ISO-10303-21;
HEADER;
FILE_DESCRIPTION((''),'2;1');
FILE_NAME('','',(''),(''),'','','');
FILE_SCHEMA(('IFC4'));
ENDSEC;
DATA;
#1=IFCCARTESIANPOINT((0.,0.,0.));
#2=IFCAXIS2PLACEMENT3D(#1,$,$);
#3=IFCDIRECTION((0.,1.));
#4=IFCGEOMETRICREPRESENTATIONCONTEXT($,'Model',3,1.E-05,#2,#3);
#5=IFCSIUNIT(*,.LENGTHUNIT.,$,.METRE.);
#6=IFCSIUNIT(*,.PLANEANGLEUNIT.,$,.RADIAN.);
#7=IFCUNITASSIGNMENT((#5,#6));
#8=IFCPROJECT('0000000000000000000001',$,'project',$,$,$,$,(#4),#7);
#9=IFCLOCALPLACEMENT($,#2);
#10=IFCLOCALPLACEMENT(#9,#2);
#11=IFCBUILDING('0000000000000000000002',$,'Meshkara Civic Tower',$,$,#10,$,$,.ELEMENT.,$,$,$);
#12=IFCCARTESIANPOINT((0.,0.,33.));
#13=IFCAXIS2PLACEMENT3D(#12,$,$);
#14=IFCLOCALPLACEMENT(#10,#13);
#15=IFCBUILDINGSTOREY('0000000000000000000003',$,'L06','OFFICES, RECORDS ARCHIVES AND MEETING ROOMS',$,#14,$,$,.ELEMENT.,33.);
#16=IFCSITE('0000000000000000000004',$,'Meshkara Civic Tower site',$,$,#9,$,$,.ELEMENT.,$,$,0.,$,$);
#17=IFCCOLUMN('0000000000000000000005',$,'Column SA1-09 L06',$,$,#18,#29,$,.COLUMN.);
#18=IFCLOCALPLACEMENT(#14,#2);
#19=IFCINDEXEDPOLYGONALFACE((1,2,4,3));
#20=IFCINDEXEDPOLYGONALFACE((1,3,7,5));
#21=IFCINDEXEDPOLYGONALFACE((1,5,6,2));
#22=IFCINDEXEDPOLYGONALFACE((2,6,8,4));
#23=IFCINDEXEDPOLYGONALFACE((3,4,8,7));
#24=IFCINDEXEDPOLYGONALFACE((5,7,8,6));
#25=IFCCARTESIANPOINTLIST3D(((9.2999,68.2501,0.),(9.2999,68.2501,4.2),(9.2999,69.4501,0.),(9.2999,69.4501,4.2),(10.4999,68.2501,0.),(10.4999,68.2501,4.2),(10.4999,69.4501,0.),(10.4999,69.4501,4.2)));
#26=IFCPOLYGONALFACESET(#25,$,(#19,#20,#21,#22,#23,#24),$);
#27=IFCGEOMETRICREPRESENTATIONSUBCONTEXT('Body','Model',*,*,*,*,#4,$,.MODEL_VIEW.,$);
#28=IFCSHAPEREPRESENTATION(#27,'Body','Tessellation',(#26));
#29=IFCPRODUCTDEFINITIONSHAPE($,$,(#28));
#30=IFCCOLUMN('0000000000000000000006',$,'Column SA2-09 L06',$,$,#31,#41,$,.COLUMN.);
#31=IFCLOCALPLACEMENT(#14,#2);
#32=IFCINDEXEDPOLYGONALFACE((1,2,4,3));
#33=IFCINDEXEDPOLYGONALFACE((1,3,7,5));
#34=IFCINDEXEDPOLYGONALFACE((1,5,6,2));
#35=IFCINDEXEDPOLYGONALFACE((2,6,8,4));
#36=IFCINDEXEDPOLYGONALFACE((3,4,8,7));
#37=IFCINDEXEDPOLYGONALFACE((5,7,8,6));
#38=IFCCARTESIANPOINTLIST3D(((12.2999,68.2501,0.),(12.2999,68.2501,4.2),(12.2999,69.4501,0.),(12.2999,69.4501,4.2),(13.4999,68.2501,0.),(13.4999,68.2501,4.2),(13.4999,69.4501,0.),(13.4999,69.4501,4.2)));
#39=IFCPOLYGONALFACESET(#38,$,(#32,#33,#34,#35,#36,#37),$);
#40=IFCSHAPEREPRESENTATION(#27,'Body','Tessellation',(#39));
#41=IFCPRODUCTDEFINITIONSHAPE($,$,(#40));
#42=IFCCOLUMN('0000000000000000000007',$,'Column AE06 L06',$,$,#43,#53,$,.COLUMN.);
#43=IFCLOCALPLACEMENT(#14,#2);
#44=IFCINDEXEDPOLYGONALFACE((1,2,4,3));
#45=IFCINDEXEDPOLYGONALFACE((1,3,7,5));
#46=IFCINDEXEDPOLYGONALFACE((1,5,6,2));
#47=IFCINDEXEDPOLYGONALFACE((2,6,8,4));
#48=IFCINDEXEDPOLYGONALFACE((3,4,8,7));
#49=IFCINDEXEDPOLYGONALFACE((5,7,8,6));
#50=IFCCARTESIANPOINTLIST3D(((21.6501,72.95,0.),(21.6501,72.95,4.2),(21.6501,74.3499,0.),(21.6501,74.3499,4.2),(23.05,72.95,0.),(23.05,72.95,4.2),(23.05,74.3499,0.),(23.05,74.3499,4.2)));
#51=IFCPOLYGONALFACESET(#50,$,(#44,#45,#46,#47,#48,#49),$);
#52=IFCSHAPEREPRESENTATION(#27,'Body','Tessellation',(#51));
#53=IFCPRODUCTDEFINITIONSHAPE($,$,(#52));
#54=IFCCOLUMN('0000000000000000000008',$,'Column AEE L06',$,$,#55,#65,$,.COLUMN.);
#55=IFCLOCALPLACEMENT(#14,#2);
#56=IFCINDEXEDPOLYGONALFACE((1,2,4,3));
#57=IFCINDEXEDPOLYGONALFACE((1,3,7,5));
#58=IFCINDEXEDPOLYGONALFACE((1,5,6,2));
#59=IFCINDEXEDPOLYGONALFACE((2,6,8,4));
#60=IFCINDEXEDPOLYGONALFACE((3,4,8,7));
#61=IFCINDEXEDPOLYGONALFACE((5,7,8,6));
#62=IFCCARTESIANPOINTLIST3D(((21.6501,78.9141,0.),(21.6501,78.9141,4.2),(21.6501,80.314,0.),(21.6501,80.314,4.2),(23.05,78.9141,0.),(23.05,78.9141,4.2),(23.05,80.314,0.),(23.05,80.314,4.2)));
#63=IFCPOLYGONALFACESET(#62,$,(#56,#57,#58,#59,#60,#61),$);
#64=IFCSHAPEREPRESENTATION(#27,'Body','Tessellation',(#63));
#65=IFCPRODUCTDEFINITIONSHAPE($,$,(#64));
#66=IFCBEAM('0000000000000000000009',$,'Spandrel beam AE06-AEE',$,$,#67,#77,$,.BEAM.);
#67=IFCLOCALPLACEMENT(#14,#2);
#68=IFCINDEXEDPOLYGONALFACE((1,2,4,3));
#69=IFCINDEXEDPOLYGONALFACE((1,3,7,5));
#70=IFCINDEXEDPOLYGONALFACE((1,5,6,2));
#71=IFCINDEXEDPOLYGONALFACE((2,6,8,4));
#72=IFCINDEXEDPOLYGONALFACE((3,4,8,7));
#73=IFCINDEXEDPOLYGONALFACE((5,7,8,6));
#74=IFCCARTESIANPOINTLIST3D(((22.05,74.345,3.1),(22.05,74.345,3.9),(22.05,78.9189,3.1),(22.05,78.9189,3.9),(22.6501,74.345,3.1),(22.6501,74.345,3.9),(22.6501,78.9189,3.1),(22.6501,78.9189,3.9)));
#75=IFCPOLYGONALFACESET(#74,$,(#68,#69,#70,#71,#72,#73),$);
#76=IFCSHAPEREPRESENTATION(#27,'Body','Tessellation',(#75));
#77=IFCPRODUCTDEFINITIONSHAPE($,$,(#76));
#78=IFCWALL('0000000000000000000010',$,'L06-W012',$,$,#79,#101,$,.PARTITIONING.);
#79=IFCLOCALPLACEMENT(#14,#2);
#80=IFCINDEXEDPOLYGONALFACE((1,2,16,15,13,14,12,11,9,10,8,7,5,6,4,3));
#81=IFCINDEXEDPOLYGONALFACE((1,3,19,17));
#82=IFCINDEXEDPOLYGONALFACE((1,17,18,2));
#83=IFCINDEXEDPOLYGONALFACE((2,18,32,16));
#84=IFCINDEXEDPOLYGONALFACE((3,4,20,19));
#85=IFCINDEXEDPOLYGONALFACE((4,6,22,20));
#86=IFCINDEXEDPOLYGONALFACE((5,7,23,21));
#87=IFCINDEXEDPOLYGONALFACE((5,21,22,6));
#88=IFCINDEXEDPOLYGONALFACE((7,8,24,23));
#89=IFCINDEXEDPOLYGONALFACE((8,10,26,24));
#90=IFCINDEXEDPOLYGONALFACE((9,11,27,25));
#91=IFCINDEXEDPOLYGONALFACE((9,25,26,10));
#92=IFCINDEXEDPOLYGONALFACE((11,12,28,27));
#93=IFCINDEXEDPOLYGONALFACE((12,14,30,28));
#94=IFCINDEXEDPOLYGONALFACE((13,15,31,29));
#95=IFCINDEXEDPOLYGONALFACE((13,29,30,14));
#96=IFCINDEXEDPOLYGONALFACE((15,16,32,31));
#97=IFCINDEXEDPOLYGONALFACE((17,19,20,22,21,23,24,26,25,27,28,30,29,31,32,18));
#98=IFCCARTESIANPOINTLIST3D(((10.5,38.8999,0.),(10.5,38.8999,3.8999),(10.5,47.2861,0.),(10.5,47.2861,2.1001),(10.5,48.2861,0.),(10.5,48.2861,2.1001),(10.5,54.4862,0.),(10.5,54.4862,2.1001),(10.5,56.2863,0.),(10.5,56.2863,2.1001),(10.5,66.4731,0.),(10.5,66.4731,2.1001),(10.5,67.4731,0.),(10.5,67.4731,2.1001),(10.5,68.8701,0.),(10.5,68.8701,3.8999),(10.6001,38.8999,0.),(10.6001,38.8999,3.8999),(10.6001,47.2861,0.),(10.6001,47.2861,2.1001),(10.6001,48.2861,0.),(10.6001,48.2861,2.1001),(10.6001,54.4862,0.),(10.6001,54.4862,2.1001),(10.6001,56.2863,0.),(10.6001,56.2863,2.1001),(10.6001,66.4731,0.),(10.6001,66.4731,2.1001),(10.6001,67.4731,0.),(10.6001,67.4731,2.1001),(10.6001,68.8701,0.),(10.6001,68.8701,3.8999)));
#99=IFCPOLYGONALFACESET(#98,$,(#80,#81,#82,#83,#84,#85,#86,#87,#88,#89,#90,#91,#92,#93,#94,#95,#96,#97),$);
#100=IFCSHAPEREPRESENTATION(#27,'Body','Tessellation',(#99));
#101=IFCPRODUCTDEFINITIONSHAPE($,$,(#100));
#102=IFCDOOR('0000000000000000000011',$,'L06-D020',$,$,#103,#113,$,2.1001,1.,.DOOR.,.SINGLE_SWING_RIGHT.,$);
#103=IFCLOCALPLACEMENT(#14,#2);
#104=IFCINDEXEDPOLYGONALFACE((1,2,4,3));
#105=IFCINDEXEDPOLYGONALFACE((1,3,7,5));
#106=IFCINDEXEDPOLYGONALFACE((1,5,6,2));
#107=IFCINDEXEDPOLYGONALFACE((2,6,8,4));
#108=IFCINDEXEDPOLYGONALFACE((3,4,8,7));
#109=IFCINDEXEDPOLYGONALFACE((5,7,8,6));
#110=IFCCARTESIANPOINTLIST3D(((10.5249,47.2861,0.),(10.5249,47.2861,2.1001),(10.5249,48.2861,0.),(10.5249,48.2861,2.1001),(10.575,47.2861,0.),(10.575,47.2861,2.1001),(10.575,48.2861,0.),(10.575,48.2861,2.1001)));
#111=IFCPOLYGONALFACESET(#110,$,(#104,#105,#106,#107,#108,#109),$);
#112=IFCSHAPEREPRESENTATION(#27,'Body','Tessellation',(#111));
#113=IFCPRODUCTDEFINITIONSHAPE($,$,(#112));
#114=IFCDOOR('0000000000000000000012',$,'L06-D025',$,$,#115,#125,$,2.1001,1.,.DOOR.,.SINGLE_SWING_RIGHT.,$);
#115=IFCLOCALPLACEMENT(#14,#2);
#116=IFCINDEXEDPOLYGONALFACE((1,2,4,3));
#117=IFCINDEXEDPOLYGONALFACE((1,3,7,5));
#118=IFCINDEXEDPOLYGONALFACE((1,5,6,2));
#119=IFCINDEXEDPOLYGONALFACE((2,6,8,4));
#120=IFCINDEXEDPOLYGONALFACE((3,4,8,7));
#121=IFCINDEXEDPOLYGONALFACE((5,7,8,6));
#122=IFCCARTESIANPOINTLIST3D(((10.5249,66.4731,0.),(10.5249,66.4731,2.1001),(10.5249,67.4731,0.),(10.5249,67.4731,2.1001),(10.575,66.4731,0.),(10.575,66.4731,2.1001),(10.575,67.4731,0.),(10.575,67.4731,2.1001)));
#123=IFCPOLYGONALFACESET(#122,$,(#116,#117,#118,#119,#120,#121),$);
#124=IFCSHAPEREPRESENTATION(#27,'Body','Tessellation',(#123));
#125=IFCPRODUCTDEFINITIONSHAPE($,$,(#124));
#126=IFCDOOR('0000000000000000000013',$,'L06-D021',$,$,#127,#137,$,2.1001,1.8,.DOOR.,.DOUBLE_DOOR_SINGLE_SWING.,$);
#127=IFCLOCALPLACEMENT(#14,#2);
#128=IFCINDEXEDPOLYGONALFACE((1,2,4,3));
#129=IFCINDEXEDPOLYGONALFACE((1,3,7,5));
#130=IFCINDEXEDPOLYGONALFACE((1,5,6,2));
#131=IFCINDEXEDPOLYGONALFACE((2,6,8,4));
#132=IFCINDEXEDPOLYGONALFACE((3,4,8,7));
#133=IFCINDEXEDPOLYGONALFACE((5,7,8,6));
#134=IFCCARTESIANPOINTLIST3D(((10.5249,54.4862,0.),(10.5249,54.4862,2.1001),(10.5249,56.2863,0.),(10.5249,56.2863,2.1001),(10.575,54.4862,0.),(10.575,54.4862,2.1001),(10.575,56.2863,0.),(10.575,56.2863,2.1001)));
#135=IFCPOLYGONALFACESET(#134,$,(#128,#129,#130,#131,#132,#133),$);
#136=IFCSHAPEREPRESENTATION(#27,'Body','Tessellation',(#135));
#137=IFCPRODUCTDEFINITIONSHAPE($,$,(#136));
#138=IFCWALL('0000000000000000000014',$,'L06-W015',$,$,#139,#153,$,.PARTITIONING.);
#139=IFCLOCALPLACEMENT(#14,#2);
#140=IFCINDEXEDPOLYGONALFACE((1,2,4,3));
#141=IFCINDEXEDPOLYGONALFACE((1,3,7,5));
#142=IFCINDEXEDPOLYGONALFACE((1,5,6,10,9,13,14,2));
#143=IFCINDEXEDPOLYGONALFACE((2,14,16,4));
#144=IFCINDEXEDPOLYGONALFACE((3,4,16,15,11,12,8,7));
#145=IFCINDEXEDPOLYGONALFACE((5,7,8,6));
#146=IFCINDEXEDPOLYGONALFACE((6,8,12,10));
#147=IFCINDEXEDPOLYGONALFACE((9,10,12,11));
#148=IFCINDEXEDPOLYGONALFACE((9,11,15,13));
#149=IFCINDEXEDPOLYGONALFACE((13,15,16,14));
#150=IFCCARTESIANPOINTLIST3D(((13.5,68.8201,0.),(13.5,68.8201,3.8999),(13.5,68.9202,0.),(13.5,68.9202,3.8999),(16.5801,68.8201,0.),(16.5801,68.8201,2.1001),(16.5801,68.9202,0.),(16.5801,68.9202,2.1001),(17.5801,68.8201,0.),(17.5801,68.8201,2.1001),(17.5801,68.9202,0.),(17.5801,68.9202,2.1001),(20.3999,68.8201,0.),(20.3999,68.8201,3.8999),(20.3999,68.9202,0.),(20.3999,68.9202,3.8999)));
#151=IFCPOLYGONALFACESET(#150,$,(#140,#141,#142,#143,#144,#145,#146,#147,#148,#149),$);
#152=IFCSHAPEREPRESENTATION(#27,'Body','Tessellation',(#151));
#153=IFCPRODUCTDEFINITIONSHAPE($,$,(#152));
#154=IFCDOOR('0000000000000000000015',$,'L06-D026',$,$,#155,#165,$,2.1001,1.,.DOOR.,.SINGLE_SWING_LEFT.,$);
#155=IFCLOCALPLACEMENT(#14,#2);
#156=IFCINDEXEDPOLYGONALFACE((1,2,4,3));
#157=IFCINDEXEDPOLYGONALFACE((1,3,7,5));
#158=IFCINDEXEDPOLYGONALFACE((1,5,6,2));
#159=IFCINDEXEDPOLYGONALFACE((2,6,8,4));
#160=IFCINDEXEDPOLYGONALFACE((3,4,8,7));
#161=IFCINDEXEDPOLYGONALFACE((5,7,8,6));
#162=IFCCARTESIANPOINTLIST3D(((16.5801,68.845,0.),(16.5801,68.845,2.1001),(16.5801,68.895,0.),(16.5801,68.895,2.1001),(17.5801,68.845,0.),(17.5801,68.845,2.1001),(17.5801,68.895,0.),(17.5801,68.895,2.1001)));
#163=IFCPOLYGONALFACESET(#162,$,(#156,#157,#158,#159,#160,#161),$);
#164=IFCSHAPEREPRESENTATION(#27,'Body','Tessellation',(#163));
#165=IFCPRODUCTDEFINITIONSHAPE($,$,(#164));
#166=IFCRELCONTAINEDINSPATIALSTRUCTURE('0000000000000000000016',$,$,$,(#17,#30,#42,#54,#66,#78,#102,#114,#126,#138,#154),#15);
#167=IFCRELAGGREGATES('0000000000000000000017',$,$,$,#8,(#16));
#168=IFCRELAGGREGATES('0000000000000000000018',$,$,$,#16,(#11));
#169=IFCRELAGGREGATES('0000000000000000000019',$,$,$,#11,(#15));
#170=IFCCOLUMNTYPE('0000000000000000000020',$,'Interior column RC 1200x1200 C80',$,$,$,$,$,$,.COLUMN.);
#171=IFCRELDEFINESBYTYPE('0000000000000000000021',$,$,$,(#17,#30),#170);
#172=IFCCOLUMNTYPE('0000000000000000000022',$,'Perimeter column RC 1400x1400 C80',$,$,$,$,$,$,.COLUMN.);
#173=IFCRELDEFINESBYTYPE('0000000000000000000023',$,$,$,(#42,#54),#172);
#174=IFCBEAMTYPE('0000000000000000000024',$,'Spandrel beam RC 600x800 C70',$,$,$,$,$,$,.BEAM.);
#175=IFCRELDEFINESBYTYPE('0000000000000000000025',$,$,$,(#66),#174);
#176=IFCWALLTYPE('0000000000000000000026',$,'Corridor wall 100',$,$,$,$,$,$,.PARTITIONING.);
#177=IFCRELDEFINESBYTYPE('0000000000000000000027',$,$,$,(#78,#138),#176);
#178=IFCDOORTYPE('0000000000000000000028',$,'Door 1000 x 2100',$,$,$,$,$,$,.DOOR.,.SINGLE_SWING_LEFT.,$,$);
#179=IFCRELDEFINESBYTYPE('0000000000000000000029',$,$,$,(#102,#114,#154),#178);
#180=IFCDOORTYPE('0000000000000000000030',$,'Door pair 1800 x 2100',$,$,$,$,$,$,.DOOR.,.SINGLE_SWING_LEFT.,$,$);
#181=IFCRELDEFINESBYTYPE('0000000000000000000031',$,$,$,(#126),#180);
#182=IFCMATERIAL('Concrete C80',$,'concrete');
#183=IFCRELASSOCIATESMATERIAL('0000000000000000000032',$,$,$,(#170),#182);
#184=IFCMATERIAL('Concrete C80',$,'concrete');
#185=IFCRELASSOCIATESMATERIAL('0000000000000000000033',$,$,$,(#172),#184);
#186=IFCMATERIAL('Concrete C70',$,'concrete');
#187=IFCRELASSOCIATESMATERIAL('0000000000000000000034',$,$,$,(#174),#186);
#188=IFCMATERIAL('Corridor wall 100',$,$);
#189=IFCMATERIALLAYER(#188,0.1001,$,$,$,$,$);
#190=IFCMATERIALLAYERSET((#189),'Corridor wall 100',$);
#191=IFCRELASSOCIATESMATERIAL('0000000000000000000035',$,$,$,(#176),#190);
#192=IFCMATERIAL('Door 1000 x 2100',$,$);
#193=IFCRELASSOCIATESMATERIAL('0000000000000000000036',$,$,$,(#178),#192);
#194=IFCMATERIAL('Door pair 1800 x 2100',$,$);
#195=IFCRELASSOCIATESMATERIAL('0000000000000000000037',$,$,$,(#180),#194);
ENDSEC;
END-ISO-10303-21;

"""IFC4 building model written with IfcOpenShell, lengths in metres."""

from ifc_helpers import new_model, si_unit, direction, frame, frame_2d, origin, origin_2d, place, context, subcontext, project, spatial, rectangle, extrude, material, layer, layer_set, material_profile, profile_set, type_object, element, fill, save


model = new_model("IFC4")

# Units and contexts
model_context = context("Model", 3, precision=1e-05, world=origin(), true_north=direction((0.0, 1.0)))
body_context = subcontext(model_context, "Body", "Model", "MODEL_VIEW")
ifc_project = project(units=[si_unit("LENGTHUNIT", "METRE"), si_unit("PLANEANGLEUNIT", "RADIAN")], contexts=[model_context])

# Site, building, storey
site_placement = place(None, origin())
site = spatial("IfcSite", under=ifc_project, at=site_placement, Name="Meshkara Civic Tower site", CompositionType="ELEMENT", RefElevation=0.0)
building_placement = place(site_placement, origin())
building = spatial("IfcBuilding", under=site, at=building_placement, Name="Meshkara Civic Tower", CompositionType="ELEMENT")
storey_placement = place(building_placement, frame((0.0, 0.0, 33.0)))
storey = spatial("IfcBuildingStorey", under=building, at=storey_placement, Name="L06", Description="OFFICES, RECORDS ARCHIVES AND MEETING ROOMS", CompositionType="ELEMENT", Elevation=33.0)

# Columns
ifc_material_1 = material(Name="Concrete C80", Category="concrete")
ifc_material_profile_1 = material_profile(ifc_material_1, rectangle(XDim=1.2, YDim=1.2, at=origin_2d()))
ifc_profile_set_1 = profile_set([ifc_material_profile_1], Name="Concrete C80")
column_type_1 = type_object("IfcColumnType", Name="Interior column RC 1200x1200 C80", PredefinedType="COLUMN", material=ifc_profile_set_1)
for number, where, z_axis, x_axis, name in (
    (1, (9.8999, 68.8501, 0.0), (0.0, 0.0, 1.0), (1.0, 0.0, 0.0), "Column SA1-09 L06"),
    (2, (12.8999, 68.8501, 0.0), (0.0, 0.0, 1.0), (1.0, 0.0, 0.0), "Column SA2-09 L06"),
):
    element("IfcColumn", number, at=place(storey_placement, frame(where, z_axis=z_axis, x_axis=x_axis)), inside=storey, type_object=column_type_1, Name=name, PredefinedType="COLUMN", context=body_context, shape_type="SweptSolid", body=[
        extrude(rectangle(XDim=1.2, YDim=1.2, at=origin_2d()), origin(), (0.0, 0.0, 1.0), 4.2),
    ])
ifc_material_2 = material(Name="Concrete C80", Category="concrete")
ifc_material_profile_2 = material_profile(ifc_material_2, rectangle(XDim=1.3999, YDim=1.3999, at=origin_2d()))
ifc_profile_set_2 = profile_set([ifc_material_profile_2], Name="Concrete C80")
column_type_2 = type_object("IfcColumnType", Name="Perimeter column RC 1400x1400 C80", PredefinedType="COLUMN", material=ifc_profile_set_2)
for number, where, z_axis, x_axis, name in (
    (3, (22.3501, 73.6499, 0.0), (0.0, 0.0, 1.0), (1.0, 0.0, 0.0), "Column AE06 L06"),
    (4, (22.3501, 79.614, 0.0), (0.0, 0.0, 1.0), (1.0, 0.0, 0.0), "Column AEE L06"),
):
    element("IfcColumn", number, at=place(storey_placement, frame(where, z_axis=z_axis, x_axis=x_axis)), inside=storey, type_object=column_type_2, Name=name, PredefinedType="COLUMN", context=body_context, shape_type="SweptSolid", body=[
        extrude(rectangle(XDim=1.3999, YDim=1.3999, at=origin_2d()), origin(), (0.0, 0.0, 1.0), 4.2),
    ])

# Beam
ifc_material_3 = material(Name="Concrete C70", Category="concrete")
ifc_material_profile_3 = material_profile(ifc_material_3, rectangle(XDim=0.6001, YDim=0.8, at=origin_2d()))
ifc_profile_set_3 = profile_set([ifc_material_profile_3], Name="Concrete C70")
beam_type = type_object("IfcBeamType", Name="Spandrel beam RC 600x800 C70", PredefinedType="BEAM", material=ifc_profile_set_3)
beam_placement = place(storey_placement, frame((22.3501, 74.345, 3.5), z_axis=(0.0, 1.0, 0.0), x_axis=(-1.0, 0.0, 0.0)))
element("IfcBeam", 5, at=beam_placement, inside=storey, type_object=beam_type, Name="Spandrel beam AE06-AEE", PredefinedType="BEAM", context=body_context, shape_type="SweptSolid", body=[
    extrude(rectangle(XDim=0.6001, YDim=0.8, at=origin_2d()), origin(), (0.0, 0.0, 1.0), 4.574),
])

# Wall, openings, doors
ifc_material_4 = material(Name="Corridor wall 100")
ifc_layer_1 = layer(ifc_material_4, 0.1001)
ifc_layer_set_1 = layer_set([ifc_layer_1], Name="Corridor wall 100")
wall_type_1 = type_object("IfcWallType", Name="Corridor wall 100", PredefinedType="PARTITIONING", material=ifc_layer_set_1)
wall_1_placement = place(storey_placement, frame((10.55, 68.8701, 0.0), z_axis=(0.0, 0.0, 1.0), x_axis=(0.0, -1.0, 0.0)))
wall_1 = element("IfcWall", 6, at=wall_1_placement, inside=storey, type_object=wall_type_1, Name="L06-W012", PredefinedType="PARTITIONING", context=body_context, shape_type="SweptSolid", body=[
    extrude(rectangle(XDim=29.9702, YDim=0.1001, at=frame_2d((14.9851, 0.0))), origin(), (0.0, 0.0, 1.0), 3.8999),
])
opening_1_placement = place(wall_1_placement, frame((20.584, 0.0, 0.0)))
opening_1 = element("IfcOpeningElement", 7, at=opening_1_placement, cuts=wall_1, PredefinedType="OPENING", context=body_context, shape_type="SweptSolid", body=[
    extrude(rectangle(XDim=1.0, YDim=2.1001, at=frame_2d((0.5, 1.05))), frame((0.0, 0.0601, 0.0), z_axis=(0.0, -1.0, 0.0), x_axis=(1.0, 0.0, 0.0)), (0.0, 0.0, 1.0), 0.1201),
])
opening_2_placement = place(wall_1_placement, frame((12.584, 0.0, 0.0)))
opening_2 = element("IfcOpeningElement", 8, at=opening_2_placement, cuts=wall_1, PredefinedType="OPENING", context=body_context, shape_type="SweptSolid", body=[
    extrude(rectangle(XDim=1.8, YDim=2.1001, at=frame_2d((0.8999, 1.05))), frame((0.0, 0.0601, 0.0), z_axis=(0.0, -1.0, 0.0), x_axis=(1.0, 0.0, 0.0)), (0.0, 0.0, 1.0), 0.1201),
])
opening_3_placement = place(wall_1_placement, frame((1.397, 0.0, 0.0)))
opening_3 = element("IfcOpeningElement", 9, at=opening_3_placement, cuts=wall_1, PredefinedType="OPENING", context=body_context, shape_type="SweptSolid", body=[
    extrude(rectangle(XDim=1.0, YDim=2.1001, at=frame_2d((0.5, 1.05))), frame((0.0, 0.0601, 0.0), z_axis=(0.0, -1.0, 0.0), x_axis=(1.0, 0.0, 0.0)), (0.0, 0.0, 1.0), 0.1201),
])
ifc_material_5 = material(Name="Door 1000 x 2100")
door_type_1 = type_object("IfcDoorType", Name="Door 1000 x 2100", OperationType="SINGLE_SWING_LEFT", PredefinedType="DOOR", material=ifc_material_5)
door_1_placement = place(opening_1_placement, origin())
door_1 = element("IfcDoor", 10, at=door_1_placement, inside=storey, type_object=door_type_1, Name="L06-D020", OperationType="SINGLE_SWING_RIGHT", OverallHeight=2.1001, OverallWidth=1.0, PredefinedType="DOOR", context=body_context, shape_type="SweptSolid", body=[
    extrude(rectangle(XDim=1.0, YDim=2.1001, at=frame_2d((0.5, 1.05))), frame((0.0, 0.0249, 0.0), z_axis=(0.0, -1.0, 0.0), x_axis=(1.0, 0.0, 0.0)), (0.0, 0.0, 1.0), 0.05),
])
fill(opening_1, door_1)
door_2_placement = place(opening_3_placement, origin())
door_2 = element("IfcDoor", 11, at=door_2_placement, inside=storey, type_object=door_type_1, Name="L06-D025", OperationType="SINGLE_SWING_RIGHT", OverallHeight=2.1001, OverallWidth=1.0, PredefinedType="DOOR", context=body_context, shape_type="SweptSolid", body=[
    extrude(rectangle(XDim=1.0, YDim=2.1001, at=frame_2d((0.5, 1.05))), frame((0.0, 0.0249, 0.0), z_axis=(0.0, -1.0, 0.0), x_axis=(1.0, 0.0, 0.0)), (0.0, 0.0, 1.0), 0.05),
])
fill(opening_3, door_2)
ifc_material_6 = material(Name="Door pair 1800 x 2100")
door_type_2 = type_object("IfcDoorType", Name="Door pair 1800 x 2100", OperationType="SINGLE_SWING_LEFT", PredefinedType="DOOR", material=ifc_material_6)
door_3_placement = place(opening_2_placement, origin())
door_3 = element("IfcDoor", 12, at=door_3_placement, inside=storey, type_object=door_type_2, Name="L06-D021", OperationType="DOUBLE_DOOR_SINGLE_SWING", OverallHeight=2.1001, OverallWidth=1.8, PredefinedType="DOOR", context=body_context, shape_type="SweptSolid", body=[
    extrude(rectangle(XDim=1.8, YDim=2.1001, at=frame_2d((0.8999, 1.05))), frame((0.0, 0.0249, 0.0), z_axis=(0.0, -1.0, 0.0), x_axis=(1.0, 0.0, 0.0)), (0.0, 0.0, 1.0), 0.05),
])
fill(opening_2, door_3)

# Wall, opening, door
wall_2_placement = place(storey_placement, frame((13.5, 68.8701, 0.0), z_axis=(0.0, 0.0, 1.0), x_axis=(1.0, 0.0, 0.0)))
wall_2 = element("IfcWall", 13, at=wall_2_placement, inside=storey, type_object=wall_type_1, Name="L06-W015", PredefinedType="PARTITIONING", context=body_context, shape_type="SweptSolid", body=[
    extrude(rectangle(XDim=6.8999, YDim=0.1001, at=frame_2d((3.45, 0.0))), origin(), (0.0, 0.0, 1.0), 3.8999),
])
opening_4_placement = place(wall_2_placement, frame((3.0801, 0.0, 0.0)))
opening_4 = element("IfcOpeningElement", 14, at=opening_4_placement, cuts=wall_2, PredefinedType="OPENING", context=body_context, shape_type="SweptSolid", body=[
    extrude(rectangle(XDim=1.0, YDim=2.1001, at=frame_2d((0.5, 1.05))), frame((0.0, 0.0601, 0.0), z_axis=(0.0, -1.0, 0.0), x_axis=(1.0, 0.0, 0.0)), (0.0, 0.0, 1.0), 0.1201),
])
door_4_placement = place(opening_4_placement, origin())
door_4 = element("IfcDoor", 15, at=door_4_placement, inside=storey, type_object=door_type_1, Name="L06-D026", OperationType="SINGLE_SWING_LEFT", OverallHeight=2.1001, OverallWidth=1.0, PredefinedType="DOOR", context=body_context, shape_type="SweptSolid", body=[
    extrude(rectangle(XDim=1.0, YDim=2.1001, at=frame_2d((0.5, 1.05))), frame((0.0, 0.0249, 0.0), z_axis=(0.0, -1.0, 0.0), x_axis=(1.0, 0.0, 0.0)), (0.0, 0.0, 1.0), 0.05),
])
fill(opening_4, door_4)

save(model, "model.ifc")
